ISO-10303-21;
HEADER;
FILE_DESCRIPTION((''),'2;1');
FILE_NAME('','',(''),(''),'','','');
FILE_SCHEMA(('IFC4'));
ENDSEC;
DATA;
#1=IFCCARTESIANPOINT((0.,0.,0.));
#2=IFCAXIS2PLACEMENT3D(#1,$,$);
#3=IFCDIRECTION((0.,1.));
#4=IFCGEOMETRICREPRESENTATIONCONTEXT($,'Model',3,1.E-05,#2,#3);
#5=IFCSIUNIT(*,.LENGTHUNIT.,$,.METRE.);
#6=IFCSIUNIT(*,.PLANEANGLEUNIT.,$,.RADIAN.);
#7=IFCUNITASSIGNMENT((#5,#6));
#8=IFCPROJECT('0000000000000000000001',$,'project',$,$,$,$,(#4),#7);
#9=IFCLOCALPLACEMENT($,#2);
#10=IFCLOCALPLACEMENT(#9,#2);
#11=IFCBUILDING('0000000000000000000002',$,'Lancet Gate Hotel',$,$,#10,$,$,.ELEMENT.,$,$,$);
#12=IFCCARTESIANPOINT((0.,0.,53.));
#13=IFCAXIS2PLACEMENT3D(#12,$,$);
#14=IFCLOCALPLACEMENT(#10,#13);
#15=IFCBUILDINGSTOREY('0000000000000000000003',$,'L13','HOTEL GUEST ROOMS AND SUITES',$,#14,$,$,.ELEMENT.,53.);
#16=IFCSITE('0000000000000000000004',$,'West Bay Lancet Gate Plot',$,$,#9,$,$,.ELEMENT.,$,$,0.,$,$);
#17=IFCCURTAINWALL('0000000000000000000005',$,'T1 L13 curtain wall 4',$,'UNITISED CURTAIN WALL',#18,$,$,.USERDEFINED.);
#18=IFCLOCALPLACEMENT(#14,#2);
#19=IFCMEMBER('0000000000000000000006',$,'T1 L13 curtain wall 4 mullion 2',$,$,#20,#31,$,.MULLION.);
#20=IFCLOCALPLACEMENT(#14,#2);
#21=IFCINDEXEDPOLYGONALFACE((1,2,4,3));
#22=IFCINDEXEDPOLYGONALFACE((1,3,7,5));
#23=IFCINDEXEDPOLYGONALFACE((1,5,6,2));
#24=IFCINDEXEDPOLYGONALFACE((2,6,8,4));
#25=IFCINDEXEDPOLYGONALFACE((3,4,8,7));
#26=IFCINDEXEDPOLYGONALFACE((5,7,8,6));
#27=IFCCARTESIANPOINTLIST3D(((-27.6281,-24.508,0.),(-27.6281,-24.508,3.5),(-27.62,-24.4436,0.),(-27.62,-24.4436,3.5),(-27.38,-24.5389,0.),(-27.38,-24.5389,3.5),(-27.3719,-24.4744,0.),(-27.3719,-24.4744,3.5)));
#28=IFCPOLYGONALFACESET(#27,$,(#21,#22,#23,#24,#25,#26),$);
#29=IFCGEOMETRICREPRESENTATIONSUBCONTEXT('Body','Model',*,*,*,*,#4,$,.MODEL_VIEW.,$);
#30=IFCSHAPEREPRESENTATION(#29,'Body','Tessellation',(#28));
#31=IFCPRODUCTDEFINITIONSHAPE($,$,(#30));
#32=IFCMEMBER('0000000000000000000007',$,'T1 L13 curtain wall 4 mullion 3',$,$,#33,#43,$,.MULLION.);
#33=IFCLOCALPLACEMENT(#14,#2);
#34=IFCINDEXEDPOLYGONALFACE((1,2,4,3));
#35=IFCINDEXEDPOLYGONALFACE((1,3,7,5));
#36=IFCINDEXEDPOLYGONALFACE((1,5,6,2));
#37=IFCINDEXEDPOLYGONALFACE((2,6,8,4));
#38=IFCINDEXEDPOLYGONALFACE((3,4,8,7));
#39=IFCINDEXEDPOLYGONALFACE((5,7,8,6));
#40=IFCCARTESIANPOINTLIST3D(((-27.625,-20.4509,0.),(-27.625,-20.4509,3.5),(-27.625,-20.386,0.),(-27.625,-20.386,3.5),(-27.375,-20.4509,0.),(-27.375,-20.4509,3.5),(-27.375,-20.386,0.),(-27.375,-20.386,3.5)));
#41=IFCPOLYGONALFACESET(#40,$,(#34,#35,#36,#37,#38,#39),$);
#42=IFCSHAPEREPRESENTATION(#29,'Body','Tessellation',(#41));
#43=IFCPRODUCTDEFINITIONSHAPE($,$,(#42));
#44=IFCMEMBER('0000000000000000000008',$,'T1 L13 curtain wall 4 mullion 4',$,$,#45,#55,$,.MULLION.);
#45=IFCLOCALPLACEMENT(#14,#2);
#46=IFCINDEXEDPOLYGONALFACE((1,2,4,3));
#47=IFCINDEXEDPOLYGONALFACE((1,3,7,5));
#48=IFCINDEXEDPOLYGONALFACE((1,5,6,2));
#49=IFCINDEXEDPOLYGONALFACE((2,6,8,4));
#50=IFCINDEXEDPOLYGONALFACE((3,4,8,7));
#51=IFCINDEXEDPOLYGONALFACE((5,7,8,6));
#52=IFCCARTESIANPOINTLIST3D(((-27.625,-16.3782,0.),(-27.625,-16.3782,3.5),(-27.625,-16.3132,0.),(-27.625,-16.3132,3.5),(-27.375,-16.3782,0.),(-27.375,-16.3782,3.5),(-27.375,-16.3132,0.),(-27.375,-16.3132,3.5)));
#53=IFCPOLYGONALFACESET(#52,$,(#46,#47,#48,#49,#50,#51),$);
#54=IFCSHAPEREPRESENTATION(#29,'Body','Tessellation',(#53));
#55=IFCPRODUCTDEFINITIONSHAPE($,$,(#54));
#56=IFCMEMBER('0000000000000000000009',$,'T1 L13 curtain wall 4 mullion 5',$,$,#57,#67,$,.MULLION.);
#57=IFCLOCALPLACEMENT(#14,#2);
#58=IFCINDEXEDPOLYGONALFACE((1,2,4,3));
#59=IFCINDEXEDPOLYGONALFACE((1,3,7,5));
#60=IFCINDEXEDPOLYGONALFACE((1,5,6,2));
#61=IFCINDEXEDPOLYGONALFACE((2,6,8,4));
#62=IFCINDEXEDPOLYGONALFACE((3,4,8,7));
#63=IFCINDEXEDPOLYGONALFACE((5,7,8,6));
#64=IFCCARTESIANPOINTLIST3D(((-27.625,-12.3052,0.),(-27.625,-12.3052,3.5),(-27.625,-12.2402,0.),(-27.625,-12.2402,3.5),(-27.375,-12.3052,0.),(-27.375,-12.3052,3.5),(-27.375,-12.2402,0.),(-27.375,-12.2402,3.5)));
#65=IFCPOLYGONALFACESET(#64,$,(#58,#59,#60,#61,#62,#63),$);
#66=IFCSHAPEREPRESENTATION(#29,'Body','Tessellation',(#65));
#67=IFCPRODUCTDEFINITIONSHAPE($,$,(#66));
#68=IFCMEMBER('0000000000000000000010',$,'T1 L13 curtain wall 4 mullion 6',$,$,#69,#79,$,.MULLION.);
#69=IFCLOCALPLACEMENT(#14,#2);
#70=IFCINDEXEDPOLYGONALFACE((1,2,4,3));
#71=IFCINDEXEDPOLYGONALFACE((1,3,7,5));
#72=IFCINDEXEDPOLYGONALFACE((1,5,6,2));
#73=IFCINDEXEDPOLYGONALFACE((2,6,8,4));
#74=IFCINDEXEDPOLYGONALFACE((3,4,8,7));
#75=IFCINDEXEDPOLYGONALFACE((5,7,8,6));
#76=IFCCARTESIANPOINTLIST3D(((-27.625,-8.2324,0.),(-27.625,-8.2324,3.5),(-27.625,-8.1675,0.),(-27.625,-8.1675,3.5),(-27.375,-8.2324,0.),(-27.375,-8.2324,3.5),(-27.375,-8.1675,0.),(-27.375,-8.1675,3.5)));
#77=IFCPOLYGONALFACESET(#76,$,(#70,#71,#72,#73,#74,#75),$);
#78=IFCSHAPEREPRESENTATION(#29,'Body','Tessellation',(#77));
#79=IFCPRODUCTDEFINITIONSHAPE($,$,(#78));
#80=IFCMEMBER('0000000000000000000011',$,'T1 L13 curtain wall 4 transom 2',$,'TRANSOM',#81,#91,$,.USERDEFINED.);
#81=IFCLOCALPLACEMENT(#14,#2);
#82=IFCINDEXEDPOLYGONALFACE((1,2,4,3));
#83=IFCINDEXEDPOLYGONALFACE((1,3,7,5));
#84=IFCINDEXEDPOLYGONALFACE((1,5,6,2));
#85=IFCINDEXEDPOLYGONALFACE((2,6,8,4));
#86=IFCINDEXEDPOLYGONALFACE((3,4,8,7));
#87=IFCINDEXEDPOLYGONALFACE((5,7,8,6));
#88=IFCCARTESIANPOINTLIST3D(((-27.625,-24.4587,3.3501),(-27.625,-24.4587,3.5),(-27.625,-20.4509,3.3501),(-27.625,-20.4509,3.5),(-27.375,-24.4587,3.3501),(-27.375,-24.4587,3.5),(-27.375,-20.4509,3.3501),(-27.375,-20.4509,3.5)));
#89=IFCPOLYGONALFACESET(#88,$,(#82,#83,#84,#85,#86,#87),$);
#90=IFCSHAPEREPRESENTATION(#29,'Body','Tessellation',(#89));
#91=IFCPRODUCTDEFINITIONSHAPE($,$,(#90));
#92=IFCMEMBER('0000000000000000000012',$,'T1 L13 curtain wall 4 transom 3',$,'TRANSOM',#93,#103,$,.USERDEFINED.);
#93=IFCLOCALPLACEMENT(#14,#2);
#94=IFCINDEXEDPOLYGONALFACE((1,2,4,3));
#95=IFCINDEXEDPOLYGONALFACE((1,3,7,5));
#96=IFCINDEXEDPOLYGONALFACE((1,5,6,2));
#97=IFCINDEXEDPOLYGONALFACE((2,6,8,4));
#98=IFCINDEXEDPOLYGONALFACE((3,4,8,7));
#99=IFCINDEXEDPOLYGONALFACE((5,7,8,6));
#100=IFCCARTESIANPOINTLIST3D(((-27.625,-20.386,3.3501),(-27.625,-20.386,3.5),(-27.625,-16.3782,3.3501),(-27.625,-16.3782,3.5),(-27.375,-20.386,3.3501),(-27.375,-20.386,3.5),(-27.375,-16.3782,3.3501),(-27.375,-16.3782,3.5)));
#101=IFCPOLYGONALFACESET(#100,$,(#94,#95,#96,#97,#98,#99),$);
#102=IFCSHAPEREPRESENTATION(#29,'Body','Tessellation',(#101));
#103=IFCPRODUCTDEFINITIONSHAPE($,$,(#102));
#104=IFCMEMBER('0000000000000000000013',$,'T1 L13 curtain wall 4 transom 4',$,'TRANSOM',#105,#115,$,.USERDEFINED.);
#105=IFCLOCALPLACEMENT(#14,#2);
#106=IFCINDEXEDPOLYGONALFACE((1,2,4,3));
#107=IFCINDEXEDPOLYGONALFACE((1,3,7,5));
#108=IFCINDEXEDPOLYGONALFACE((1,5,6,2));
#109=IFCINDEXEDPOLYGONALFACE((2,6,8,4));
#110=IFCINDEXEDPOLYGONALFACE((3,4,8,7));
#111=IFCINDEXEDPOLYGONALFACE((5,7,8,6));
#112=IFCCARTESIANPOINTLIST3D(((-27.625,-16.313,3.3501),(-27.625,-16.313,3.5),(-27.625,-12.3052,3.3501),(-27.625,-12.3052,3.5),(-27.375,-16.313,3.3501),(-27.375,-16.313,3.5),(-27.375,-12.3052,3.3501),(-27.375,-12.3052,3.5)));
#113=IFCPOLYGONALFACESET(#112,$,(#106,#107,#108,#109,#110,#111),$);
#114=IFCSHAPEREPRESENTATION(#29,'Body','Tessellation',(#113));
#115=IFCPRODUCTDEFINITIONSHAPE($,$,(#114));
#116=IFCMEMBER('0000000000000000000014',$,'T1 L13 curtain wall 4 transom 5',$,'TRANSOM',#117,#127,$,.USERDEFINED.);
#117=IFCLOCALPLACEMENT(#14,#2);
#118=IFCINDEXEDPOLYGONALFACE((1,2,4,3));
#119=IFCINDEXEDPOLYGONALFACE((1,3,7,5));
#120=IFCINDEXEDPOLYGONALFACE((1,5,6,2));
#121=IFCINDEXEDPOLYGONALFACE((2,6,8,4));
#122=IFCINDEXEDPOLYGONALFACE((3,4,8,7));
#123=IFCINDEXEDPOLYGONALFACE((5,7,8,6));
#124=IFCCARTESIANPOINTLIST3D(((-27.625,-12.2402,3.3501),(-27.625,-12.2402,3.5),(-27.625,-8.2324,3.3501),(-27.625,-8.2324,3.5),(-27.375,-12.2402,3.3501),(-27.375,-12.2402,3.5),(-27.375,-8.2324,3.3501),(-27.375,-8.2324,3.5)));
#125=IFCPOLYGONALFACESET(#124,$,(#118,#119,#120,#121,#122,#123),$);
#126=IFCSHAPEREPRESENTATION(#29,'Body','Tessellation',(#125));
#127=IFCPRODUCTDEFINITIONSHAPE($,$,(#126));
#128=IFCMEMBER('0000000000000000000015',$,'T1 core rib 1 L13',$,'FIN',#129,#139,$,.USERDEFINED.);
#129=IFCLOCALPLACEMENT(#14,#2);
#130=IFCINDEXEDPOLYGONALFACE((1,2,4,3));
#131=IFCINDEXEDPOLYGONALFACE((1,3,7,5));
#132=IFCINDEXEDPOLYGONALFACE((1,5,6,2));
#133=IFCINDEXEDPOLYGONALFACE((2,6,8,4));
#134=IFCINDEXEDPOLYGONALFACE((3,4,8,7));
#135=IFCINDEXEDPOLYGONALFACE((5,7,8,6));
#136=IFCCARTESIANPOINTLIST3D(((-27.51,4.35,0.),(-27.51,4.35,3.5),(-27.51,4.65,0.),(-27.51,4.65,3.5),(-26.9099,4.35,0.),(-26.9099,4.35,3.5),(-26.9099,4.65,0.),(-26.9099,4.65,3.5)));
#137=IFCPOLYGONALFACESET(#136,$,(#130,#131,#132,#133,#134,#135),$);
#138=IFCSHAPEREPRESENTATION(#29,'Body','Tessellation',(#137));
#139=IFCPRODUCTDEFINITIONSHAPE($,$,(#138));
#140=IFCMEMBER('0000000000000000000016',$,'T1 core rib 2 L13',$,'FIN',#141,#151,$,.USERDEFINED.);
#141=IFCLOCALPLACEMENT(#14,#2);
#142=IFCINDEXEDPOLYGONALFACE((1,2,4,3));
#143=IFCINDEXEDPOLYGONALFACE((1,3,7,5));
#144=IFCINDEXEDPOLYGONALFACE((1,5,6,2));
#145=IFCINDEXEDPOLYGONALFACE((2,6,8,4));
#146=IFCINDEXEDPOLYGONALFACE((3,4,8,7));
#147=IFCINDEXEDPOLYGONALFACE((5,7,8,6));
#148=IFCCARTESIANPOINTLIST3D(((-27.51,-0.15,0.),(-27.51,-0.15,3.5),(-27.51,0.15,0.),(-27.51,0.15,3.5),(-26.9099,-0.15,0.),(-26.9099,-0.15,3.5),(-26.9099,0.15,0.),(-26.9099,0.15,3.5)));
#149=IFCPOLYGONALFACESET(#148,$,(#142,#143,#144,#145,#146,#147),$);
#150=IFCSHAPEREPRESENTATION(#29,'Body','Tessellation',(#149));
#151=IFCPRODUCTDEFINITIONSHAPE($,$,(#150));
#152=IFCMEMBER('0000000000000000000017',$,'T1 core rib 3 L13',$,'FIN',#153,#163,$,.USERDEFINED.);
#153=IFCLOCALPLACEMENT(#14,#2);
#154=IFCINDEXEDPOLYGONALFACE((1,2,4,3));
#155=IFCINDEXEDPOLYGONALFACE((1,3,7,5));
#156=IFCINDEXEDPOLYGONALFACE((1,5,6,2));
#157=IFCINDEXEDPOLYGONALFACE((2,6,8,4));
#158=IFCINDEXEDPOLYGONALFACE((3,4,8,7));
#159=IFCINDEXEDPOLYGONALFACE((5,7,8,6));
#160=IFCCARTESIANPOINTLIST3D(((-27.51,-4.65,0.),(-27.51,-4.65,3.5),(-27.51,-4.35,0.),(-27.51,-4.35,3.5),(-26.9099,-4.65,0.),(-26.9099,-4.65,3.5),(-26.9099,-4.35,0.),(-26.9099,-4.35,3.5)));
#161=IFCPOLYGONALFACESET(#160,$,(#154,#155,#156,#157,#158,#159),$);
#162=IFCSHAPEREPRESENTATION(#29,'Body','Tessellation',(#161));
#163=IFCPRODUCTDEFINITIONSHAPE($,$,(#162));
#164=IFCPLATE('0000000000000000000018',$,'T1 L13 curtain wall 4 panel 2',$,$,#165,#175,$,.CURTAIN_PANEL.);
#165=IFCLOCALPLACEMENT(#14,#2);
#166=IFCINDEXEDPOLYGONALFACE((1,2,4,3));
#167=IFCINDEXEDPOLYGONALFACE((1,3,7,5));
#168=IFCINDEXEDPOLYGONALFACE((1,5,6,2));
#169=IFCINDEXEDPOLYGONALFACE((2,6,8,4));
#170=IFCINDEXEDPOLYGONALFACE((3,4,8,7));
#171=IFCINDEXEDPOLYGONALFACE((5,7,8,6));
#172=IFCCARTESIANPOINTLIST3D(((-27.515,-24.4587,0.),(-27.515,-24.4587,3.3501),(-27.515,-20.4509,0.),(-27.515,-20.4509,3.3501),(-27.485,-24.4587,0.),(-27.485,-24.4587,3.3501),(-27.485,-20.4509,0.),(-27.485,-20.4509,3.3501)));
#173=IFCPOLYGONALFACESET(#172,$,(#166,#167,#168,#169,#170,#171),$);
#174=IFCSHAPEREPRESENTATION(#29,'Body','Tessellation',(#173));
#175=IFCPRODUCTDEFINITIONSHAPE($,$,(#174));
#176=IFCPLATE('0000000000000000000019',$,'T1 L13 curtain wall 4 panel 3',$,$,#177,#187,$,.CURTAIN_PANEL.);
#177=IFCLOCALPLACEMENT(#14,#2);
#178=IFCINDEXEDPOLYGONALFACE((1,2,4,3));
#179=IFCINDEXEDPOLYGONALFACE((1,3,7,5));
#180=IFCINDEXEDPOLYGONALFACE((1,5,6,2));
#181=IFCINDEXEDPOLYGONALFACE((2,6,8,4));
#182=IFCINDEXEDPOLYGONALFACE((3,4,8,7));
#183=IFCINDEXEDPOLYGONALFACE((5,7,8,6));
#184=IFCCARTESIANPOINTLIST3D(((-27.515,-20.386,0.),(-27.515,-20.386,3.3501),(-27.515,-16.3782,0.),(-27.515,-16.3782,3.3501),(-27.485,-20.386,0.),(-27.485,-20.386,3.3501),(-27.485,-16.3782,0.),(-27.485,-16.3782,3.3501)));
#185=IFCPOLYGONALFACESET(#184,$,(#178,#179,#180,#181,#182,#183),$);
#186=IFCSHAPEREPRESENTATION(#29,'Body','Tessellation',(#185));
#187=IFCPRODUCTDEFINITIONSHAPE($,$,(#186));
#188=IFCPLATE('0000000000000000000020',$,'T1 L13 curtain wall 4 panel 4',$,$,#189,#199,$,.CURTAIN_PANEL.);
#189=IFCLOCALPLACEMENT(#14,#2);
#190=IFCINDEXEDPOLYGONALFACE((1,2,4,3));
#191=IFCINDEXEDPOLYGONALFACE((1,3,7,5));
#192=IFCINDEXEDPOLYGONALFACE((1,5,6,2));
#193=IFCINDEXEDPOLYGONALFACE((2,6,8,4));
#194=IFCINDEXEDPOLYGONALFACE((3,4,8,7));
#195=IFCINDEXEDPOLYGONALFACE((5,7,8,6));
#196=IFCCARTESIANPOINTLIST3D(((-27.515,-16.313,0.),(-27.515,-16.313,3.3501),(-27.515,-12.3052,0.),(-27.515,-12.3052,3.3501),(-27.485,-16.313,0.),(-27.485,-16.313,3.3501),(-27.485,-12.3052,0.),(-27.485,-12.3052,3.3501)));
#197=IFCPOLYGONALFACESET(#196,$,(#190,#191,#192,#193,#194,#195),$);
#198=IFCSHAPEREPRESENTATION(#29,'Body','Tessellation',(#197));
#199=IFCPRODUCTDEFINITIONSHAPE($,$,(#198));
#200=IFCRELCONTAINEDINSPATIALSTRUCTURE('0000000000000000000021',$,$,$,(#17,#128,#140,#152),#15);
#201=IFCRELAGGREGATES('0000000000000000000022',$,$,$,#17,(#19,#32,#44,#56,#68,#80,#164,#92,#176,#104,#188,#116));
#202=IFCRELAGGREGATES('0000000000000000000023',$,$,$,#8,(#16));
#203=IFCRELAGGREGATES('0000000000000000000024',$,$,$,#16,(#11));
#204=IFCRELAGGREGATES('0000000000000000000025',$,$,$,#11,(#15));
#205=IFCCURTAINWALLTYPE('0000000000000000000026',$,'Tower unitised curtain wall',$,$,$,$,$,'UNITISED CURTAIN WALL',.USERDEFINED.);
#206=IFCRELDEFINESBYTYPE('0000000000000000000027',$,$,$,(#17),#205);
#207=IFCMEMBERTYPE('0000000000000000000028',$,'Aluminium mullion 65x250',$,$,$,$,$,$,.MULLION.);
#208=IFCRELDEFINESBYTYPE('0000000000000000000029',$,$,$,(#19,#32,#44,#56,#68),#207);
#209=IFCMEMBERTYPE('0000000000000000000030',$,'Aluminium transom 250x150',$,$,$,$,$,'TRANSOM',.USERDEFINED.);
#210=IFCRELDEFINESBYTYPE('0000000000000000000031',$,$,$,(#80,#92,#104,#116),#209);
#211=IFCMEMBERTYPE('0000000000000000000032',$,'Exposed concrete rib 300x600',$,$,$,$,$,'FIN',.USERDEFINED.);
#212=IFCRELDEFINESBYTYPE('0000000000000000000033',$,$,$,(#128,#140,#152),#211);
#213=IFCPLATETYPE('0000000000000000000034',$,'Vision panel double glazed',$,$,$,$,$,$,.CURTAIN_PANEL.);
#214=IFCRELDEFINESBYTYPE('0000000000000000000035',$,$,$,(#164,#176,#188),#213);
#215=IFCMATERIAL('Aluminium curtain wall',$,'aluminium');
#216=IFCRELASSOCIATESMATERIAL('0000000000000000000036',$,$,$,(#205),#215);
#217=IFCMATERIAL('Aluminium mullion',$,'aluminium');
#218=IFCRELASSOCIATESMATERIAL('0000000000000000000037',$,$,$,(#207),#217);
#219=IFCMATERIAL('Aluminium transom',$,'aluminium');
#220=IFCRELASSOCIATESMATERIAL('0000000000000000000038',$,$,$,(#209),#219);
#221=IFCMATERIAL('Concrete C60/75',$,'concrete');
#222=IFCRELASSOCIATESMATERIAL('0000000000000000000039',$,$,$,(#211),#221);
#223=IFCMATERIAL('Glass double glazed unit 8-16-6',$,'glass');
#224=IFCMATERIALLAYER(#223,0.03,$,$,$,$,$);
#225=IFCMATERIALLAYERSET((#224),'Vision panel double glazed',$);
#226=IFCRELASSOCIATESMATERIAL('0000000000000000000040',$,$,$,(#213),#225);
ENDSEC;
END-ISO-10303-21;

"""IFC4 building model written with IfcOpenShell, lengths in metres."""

from ifc_helpers import new_model, si_unit, direction, frame, origin, origin_2d, place, context, subcontext, project, spatial, rectangle, extrude, material, layer, layer_set, material_profile, profile_set, type_object, element, aggregate, save


model = new_model("IFC4")

# Units and contexts
model_context = context("Model", 3, precision=1e-05, world=origin(), true_north=direction((0.0, 1.0)))
body_context = subcontext(model_context, "Body", "Model", "MODEL_VIEW")
ifc_project = project(units=[si_unit("LENGTHUNIT", "METRE"), si_unit("PLANEANGLEUNIT", "RADIAN")], contexts=[model_context])

# Site, building, storey
site_placement = place(None, origin())
site = spatial("IfcSite", under=ifc_project, at=site_placement, Name="West Bay Lancet Gate Plot", CompositionType="ELEMENT", RefElevation=0.0)
building_placement = place(site_placement, origin())
building = spatial("IfcBuilding", under=site, at=building_placement, Name="Lancet Gate Hotel", CompositionType="ELEMENT")
storey_placement = place(building_placement, frame((0.0, 0.0, 53.0)))
storey = spatial("IfcBuildingStorey", under=building, at=storey_placement, Name="L13", Description="HOTEL GUEST ROOMS AND SUITES", CompositionType="ELEMENT", Elevation=53.0)

# Curtain wall, members
ifc_material_1 = material(Name="Aluminium curtain wall", Category="aluminium")
curtain_wall_type = type_object("IfcCurtainWallType", Name="Tower unitised curtain wall", ElementType="UNITISED CURTAIN WALL", PredefinedType="USERDEFINED", material=ifc_material_1)
curtain_wall_placement = place(storey_placement, origin())
curtain_wall = element("IfcCurtainWall", 1, at=curtain_wall_placement, inside=storey, type_object=curtain_wall_type, Name="T1 L13 curtain wall 4", ObjectType="UNITISED CURTAIN WALL", PredefinedType="USERDEFINED")
ifc_material_2 = material(Name="Aluminium mullion", Category="aluminium")
ifc_material_profile_1 = material_profile(ifc_material_2, rectangle(XDim=0.0649, YDim=0.25, at=origin_2d()), Name="MULLION 65x250")
ifc_profile_set_1 = profile_set([ifc_material_profile_1], Name="Aluminium mullion")
member_type_1 = type_object("IfcMemberType", Name="Aluminium mullion 65x250", PredefinedType="MULLION", material=ifc_profile_set_1)
member_1_placement = place(storey_placement, frame((-27.5, -24.4912, 0.0), z_axis=(0.0, 0.0, 1.0), x_axis=(0.123483, 0.992347, 0.0)))
member_1 = element("IfcMember", 2, at=member_1_placement, type_object=member_type_1, Name="T1 L13 curtain wall 4 mullion 2", PredefinedType="MULLION", context=body_context, shape_type="SweptSolid", body=[
    extrude(rectangle(XDim=0.0649, YDim=0.25, at=origin_2d()), origin(), (0.0, 0.0, 1.0), 3.5),
])
member_2_placement = place(storey_placement, frame((-27.5, -20.4185, 0.0), z_axis=(0.0, 0.0, 1.0), x_axis=(0.0, 1.0, 0.0)))
member_2 = element("IfcMember", 3, at=member_2_placement, type_object=member_type_1, Name="T1 L13 curtain wall 4 mullion 3", PredefinedType="MULLION", context=body_context, shape_type="SweptSolid", body=[
    extrude(rectangle(XDim=0.0649, YDim=0.25, at=origin_2d()), origin(), (0.0, 0.0, 1.0), 3.5),
])
member_3_placement = place(storey_placement, frame((-27.5, -16.3457, 0.0), z_axis=(0.0, 0.0, 1.0), x_axis=(0.0, 1.0, 0.0)))
member_3 = element("IfcMember", 4, at=member_3_placement, type_object=member_type_1, Name="T1 L13 curtain wall 4 mullion 4", PredefinedType="MULLION", context=body_context, shape_type="SweptSolid", body=[
    extrude(rectangle(XDim=0.0649, YDim=0.25, at=origin_2d()), origin(), (0.0, 0.0, 1.0), 3.5),
])
member_4_placement = place(storey_placement, frame((-27.5, -12.2727, 0.0), z_axis=(0.0, 0.0, 1.0), x_axis=(0.0, 1.0, 0.0)))
member_4 = element("IfcMember", 5, at=member_4_placement, type_object=member_type_1, Name="T1 L13 curtain wall 4 mullion 5", PredefinedType="MULLION", context=body_context, shape_type="SweptSolid", body=[
    extrude(rectangle(XDim=0.0649, YDim=0.25, at=origin_2d()), origin(), (0.0, 0.0, 1.0), 3.5),
])
member_5_placement = place(storey_placement, frame((-27.5, -8.2, 0.0), z_axis=(0.0, 0.0, 1.0), x_axis=(0.0, 1.0, 0.0)))
member_5 = element("IfcMember", 6, at=member_5_placement, type_object=member_type_1, Name="T1 L13 curtain wall 4 mullion 6", PredefinedType="MULLION", context=body_context, shape_type="SweptSolid", body=[
    extrude(rectangle(XDim=0.0649, YDim=0.25, at=origin_2d()), origin(), (0.0, 0.0, 1.0), 3.5),
])
ifc_material_3 = material(Name="Aluminium transom", Category="aluminium")
ifc_material_profile_2 = material_profile(ifc_material_3, rectangle(XDim=0.25, YDim=0.1499, at=origin_2d()), Name="TRANSOM 250x150")
ifc_profile_set_2 = profile_set([ifc_material_profile_2], Name="Aluminium transom")
member_type_2 = type_object("IfcMemberType", Name="Aluminium transom 250x150", ElementType="TRANSOM", PredefinedType="USERDEFINED", material=ifc_profile_set_2)
member_6_placement = place(storey_placement, frame((-27.5, -24.4587, 3.425), z_axis=(0.0, 1.0, 0.0), x_axis=(-1.0, 0.0, 0.0)))
member_6 = element("IfcMember", 7, at=member_6_placement, type_object=member_type_2, Name="T1 L13 curtain wall 4 transom 2", ObjectType="TRANSOM", PredefinedType="USERDEFINED", context=body_context, shape_type="SweptSolid", body=[
    extrude(rectangle(XDim=0.25, YDim=0.1499, at=origin_2d()), origin(), (0.0, 0.0, 1.0), 4.0078),
])
member_7_placement = place(storey_placement, frame((-27.5, -20.386, 3.425), z_axis=(0.0, 1.0, 0.0), x_axis=(-1.0, 0.0, 0.0)))
member_7 = element("IfcMember", 8, at=member_7_placement, type_object=member_type_2, Name="T1 L13 curtain wall 4 transom 3", ObjectType="TRANSOM", PredefinedType="USERDEFINED", context=body_context, shape_type="SweptSolid", body=[
    extrude(rectangle(XDim=0.25, YDim=0.1499, at=origin_2d()), origin(), (0.0, 0.0, 1.0), 4.0078),
])
member_8_placement = place(storey_placement, frame((-27.5, -16.313, 3.425), z_axis=(0.0, 1.0, 0.0), x_axis=(-1.0, 0.0, 0.0)))
member_8 = element("IfcMember", 9, at=member_8_placement, type_object=member_type_2, Name="T1 L13 curtain wall 4 transom 4", ObjectType="TRANSOM", PredefinedType="USERDEFINED", context=body_context, shape_type="SweptSolid", body=[
    extrude(rectangle(XDim=0.25, YDim=0.1499, at=origin_2d()), origin(), (0.0, 0.0, 1.0), 4.0078),
])
member_9_placement = place(storey_placement, frame((-27.5, -12.2402, 3.425), z_axis=(0.0, 1.0, 0.0), x_axis=(-1.0, 0.0, 0.0)))
member_9 = element("IfcMember", 10, at=member_9_placement, type_object=member_type_2, Name="T1 L13 curtain wall 4 transom 5", ObjectType="TRANSOM", PredefinedType="USERDEFINED", context=body_context, shape_type="SweptSolid", body=[
    extrude(rectangle(XDim=0.25, YDim=0.1499, at=origin_2d()), origin(), (0.0, 0.0, 1.0), 4.0078),
])

# Members
ifc_material_4 = material(Name="Concrete C60/75", Category="concrete")
ifc_material_profile_3 = material_profile(ifc_material_4, rectangle(XDim=0.3, YDim=0.6001, at=origin_2d()), Name="FIN 300x600")
ifc_profile_set_3 = profile_set([ifc_material_profile_3], Name="Concrete C60/75")
member_type_3 = type_object("IfcMemberType", Name="Exposed concrete rib 300x600", ElementType="FIN", PredefinedType="USERDEFINED", material=ifc_profile_set_3)
for number, where, z_axis, x_axis, name in (
    (11, (-27.21, 4.5, 0.0), (0.0, 0.0, 1.0), (0.0, 1.0, 0.0), "T1 core rib 1 L13"),
    (12, (-27.21, 0.0, 0.0), (0.0, 0.0, 1.0), (0.0, 1.0, 0.0), "T1 core rib 2 L13"),
    (13, (-27.21, -4.5, 0.0), (0.0, 0.0, 1.0), (0.0, 1.0, 0.0), "T1 core rib 3 L13"),
):
    element("IfcMember", number, at=place(storey_placement, frame(where, z_axis=z_axis, x_axis=x_axis)), inside=storey, type_object=member_type_3, Name=name, ObjectType="FIN", PredefinedType="USERDEFINED", context=body_context, shape_type="SweptSolid", body=[
        extrude(rectangle(XDim=0.3, YDim=0.6001, at=origin_2d()), origin(), (0.0, 0.0, 1.0), 3.5),
    ])

# Plates
ifc_material_5 = material(Name="Glass double glazed unit 8-16-6", Category="glass")
ifc_layer_1 = layer(ifc_material_5, 0.03)
ifc_layer_set_1 = layer_set([ifc_layer_1], Name="Vision panel double glazed")
plate_type = type_object("IfcPlateType", Name="Vision panel double glazed", PredefinedType="CURTAIN_PANEL", material=ifc_layer_set_1)
plate_1_placement = place(storey_placement, frame((-27.5, -22.4548, 0.0), z_axis=(0.0, 0.0, 1.0), x_axis=(0.0, 1.0, 0.0)))
plate_1 = element("IfcPlate", 14, at=plate_1_placement, type_object=plate_type, Name="T1 L13 curtain wall 4 panel 2", PredefinedType="CURTAIN_PANEL", context=body_context, shape_type="SweptSolid", body=[
    extrude(rectangle(XDim=4.0078, YDim=0.03, at=origin_2d()), origin(), (0.0, 0.0, 1.0), 3.3501),
])
plate_2_placement = place(storey_placement, frame((-27.5, -18.3821, 0.0), z_axis=(0.0, 0.0, 1.0), x_axis=(0.0, 1.0, 0.0)))
plate_2 = element("IfcPlate", 15, at=plate_2_placement, type_object=plate_type, Name="T1 L13 curtain wall 4 panel 3", PredefinedType="CURTAIN_PANEL", context=body_context, shape_type="SweptSolid", body=[
    extrude(rectangle(XDim=4.0078, YDim=0.03, at=origin_2d()), origin(), (0.0, 0.0, 1.0), 3.3501),
])
plate_3_placement = place(storey_placement, frame((-27.5, -14.3091, 0.0), z_axis=(0.0, 0.0, 1.0), x_axis=(0.0, 1.0, 0.0)))
plate_3 = element("IfcPlate", 16, at=plate_3_placement, type_object=plate_type, Name="T1 L13 curtain wall 4 panel 4", PredefinedType="CURTAIN_PANEL", context=body_context, shape_type="SweptSolid", body=[
    extrude(rectangle(XDim=4.0078, YDim=0.03, at=origin_2d()), origin(), (0.0, 0.0, 1.0), 3.3501),
])
aggregate(curtain_wall, [member_1, member_2, member_3, member_4, member_5, member_6, plate_1, member_7, plate_2, member_8, plate_3, member_9])

save(model, "model.ifc")
